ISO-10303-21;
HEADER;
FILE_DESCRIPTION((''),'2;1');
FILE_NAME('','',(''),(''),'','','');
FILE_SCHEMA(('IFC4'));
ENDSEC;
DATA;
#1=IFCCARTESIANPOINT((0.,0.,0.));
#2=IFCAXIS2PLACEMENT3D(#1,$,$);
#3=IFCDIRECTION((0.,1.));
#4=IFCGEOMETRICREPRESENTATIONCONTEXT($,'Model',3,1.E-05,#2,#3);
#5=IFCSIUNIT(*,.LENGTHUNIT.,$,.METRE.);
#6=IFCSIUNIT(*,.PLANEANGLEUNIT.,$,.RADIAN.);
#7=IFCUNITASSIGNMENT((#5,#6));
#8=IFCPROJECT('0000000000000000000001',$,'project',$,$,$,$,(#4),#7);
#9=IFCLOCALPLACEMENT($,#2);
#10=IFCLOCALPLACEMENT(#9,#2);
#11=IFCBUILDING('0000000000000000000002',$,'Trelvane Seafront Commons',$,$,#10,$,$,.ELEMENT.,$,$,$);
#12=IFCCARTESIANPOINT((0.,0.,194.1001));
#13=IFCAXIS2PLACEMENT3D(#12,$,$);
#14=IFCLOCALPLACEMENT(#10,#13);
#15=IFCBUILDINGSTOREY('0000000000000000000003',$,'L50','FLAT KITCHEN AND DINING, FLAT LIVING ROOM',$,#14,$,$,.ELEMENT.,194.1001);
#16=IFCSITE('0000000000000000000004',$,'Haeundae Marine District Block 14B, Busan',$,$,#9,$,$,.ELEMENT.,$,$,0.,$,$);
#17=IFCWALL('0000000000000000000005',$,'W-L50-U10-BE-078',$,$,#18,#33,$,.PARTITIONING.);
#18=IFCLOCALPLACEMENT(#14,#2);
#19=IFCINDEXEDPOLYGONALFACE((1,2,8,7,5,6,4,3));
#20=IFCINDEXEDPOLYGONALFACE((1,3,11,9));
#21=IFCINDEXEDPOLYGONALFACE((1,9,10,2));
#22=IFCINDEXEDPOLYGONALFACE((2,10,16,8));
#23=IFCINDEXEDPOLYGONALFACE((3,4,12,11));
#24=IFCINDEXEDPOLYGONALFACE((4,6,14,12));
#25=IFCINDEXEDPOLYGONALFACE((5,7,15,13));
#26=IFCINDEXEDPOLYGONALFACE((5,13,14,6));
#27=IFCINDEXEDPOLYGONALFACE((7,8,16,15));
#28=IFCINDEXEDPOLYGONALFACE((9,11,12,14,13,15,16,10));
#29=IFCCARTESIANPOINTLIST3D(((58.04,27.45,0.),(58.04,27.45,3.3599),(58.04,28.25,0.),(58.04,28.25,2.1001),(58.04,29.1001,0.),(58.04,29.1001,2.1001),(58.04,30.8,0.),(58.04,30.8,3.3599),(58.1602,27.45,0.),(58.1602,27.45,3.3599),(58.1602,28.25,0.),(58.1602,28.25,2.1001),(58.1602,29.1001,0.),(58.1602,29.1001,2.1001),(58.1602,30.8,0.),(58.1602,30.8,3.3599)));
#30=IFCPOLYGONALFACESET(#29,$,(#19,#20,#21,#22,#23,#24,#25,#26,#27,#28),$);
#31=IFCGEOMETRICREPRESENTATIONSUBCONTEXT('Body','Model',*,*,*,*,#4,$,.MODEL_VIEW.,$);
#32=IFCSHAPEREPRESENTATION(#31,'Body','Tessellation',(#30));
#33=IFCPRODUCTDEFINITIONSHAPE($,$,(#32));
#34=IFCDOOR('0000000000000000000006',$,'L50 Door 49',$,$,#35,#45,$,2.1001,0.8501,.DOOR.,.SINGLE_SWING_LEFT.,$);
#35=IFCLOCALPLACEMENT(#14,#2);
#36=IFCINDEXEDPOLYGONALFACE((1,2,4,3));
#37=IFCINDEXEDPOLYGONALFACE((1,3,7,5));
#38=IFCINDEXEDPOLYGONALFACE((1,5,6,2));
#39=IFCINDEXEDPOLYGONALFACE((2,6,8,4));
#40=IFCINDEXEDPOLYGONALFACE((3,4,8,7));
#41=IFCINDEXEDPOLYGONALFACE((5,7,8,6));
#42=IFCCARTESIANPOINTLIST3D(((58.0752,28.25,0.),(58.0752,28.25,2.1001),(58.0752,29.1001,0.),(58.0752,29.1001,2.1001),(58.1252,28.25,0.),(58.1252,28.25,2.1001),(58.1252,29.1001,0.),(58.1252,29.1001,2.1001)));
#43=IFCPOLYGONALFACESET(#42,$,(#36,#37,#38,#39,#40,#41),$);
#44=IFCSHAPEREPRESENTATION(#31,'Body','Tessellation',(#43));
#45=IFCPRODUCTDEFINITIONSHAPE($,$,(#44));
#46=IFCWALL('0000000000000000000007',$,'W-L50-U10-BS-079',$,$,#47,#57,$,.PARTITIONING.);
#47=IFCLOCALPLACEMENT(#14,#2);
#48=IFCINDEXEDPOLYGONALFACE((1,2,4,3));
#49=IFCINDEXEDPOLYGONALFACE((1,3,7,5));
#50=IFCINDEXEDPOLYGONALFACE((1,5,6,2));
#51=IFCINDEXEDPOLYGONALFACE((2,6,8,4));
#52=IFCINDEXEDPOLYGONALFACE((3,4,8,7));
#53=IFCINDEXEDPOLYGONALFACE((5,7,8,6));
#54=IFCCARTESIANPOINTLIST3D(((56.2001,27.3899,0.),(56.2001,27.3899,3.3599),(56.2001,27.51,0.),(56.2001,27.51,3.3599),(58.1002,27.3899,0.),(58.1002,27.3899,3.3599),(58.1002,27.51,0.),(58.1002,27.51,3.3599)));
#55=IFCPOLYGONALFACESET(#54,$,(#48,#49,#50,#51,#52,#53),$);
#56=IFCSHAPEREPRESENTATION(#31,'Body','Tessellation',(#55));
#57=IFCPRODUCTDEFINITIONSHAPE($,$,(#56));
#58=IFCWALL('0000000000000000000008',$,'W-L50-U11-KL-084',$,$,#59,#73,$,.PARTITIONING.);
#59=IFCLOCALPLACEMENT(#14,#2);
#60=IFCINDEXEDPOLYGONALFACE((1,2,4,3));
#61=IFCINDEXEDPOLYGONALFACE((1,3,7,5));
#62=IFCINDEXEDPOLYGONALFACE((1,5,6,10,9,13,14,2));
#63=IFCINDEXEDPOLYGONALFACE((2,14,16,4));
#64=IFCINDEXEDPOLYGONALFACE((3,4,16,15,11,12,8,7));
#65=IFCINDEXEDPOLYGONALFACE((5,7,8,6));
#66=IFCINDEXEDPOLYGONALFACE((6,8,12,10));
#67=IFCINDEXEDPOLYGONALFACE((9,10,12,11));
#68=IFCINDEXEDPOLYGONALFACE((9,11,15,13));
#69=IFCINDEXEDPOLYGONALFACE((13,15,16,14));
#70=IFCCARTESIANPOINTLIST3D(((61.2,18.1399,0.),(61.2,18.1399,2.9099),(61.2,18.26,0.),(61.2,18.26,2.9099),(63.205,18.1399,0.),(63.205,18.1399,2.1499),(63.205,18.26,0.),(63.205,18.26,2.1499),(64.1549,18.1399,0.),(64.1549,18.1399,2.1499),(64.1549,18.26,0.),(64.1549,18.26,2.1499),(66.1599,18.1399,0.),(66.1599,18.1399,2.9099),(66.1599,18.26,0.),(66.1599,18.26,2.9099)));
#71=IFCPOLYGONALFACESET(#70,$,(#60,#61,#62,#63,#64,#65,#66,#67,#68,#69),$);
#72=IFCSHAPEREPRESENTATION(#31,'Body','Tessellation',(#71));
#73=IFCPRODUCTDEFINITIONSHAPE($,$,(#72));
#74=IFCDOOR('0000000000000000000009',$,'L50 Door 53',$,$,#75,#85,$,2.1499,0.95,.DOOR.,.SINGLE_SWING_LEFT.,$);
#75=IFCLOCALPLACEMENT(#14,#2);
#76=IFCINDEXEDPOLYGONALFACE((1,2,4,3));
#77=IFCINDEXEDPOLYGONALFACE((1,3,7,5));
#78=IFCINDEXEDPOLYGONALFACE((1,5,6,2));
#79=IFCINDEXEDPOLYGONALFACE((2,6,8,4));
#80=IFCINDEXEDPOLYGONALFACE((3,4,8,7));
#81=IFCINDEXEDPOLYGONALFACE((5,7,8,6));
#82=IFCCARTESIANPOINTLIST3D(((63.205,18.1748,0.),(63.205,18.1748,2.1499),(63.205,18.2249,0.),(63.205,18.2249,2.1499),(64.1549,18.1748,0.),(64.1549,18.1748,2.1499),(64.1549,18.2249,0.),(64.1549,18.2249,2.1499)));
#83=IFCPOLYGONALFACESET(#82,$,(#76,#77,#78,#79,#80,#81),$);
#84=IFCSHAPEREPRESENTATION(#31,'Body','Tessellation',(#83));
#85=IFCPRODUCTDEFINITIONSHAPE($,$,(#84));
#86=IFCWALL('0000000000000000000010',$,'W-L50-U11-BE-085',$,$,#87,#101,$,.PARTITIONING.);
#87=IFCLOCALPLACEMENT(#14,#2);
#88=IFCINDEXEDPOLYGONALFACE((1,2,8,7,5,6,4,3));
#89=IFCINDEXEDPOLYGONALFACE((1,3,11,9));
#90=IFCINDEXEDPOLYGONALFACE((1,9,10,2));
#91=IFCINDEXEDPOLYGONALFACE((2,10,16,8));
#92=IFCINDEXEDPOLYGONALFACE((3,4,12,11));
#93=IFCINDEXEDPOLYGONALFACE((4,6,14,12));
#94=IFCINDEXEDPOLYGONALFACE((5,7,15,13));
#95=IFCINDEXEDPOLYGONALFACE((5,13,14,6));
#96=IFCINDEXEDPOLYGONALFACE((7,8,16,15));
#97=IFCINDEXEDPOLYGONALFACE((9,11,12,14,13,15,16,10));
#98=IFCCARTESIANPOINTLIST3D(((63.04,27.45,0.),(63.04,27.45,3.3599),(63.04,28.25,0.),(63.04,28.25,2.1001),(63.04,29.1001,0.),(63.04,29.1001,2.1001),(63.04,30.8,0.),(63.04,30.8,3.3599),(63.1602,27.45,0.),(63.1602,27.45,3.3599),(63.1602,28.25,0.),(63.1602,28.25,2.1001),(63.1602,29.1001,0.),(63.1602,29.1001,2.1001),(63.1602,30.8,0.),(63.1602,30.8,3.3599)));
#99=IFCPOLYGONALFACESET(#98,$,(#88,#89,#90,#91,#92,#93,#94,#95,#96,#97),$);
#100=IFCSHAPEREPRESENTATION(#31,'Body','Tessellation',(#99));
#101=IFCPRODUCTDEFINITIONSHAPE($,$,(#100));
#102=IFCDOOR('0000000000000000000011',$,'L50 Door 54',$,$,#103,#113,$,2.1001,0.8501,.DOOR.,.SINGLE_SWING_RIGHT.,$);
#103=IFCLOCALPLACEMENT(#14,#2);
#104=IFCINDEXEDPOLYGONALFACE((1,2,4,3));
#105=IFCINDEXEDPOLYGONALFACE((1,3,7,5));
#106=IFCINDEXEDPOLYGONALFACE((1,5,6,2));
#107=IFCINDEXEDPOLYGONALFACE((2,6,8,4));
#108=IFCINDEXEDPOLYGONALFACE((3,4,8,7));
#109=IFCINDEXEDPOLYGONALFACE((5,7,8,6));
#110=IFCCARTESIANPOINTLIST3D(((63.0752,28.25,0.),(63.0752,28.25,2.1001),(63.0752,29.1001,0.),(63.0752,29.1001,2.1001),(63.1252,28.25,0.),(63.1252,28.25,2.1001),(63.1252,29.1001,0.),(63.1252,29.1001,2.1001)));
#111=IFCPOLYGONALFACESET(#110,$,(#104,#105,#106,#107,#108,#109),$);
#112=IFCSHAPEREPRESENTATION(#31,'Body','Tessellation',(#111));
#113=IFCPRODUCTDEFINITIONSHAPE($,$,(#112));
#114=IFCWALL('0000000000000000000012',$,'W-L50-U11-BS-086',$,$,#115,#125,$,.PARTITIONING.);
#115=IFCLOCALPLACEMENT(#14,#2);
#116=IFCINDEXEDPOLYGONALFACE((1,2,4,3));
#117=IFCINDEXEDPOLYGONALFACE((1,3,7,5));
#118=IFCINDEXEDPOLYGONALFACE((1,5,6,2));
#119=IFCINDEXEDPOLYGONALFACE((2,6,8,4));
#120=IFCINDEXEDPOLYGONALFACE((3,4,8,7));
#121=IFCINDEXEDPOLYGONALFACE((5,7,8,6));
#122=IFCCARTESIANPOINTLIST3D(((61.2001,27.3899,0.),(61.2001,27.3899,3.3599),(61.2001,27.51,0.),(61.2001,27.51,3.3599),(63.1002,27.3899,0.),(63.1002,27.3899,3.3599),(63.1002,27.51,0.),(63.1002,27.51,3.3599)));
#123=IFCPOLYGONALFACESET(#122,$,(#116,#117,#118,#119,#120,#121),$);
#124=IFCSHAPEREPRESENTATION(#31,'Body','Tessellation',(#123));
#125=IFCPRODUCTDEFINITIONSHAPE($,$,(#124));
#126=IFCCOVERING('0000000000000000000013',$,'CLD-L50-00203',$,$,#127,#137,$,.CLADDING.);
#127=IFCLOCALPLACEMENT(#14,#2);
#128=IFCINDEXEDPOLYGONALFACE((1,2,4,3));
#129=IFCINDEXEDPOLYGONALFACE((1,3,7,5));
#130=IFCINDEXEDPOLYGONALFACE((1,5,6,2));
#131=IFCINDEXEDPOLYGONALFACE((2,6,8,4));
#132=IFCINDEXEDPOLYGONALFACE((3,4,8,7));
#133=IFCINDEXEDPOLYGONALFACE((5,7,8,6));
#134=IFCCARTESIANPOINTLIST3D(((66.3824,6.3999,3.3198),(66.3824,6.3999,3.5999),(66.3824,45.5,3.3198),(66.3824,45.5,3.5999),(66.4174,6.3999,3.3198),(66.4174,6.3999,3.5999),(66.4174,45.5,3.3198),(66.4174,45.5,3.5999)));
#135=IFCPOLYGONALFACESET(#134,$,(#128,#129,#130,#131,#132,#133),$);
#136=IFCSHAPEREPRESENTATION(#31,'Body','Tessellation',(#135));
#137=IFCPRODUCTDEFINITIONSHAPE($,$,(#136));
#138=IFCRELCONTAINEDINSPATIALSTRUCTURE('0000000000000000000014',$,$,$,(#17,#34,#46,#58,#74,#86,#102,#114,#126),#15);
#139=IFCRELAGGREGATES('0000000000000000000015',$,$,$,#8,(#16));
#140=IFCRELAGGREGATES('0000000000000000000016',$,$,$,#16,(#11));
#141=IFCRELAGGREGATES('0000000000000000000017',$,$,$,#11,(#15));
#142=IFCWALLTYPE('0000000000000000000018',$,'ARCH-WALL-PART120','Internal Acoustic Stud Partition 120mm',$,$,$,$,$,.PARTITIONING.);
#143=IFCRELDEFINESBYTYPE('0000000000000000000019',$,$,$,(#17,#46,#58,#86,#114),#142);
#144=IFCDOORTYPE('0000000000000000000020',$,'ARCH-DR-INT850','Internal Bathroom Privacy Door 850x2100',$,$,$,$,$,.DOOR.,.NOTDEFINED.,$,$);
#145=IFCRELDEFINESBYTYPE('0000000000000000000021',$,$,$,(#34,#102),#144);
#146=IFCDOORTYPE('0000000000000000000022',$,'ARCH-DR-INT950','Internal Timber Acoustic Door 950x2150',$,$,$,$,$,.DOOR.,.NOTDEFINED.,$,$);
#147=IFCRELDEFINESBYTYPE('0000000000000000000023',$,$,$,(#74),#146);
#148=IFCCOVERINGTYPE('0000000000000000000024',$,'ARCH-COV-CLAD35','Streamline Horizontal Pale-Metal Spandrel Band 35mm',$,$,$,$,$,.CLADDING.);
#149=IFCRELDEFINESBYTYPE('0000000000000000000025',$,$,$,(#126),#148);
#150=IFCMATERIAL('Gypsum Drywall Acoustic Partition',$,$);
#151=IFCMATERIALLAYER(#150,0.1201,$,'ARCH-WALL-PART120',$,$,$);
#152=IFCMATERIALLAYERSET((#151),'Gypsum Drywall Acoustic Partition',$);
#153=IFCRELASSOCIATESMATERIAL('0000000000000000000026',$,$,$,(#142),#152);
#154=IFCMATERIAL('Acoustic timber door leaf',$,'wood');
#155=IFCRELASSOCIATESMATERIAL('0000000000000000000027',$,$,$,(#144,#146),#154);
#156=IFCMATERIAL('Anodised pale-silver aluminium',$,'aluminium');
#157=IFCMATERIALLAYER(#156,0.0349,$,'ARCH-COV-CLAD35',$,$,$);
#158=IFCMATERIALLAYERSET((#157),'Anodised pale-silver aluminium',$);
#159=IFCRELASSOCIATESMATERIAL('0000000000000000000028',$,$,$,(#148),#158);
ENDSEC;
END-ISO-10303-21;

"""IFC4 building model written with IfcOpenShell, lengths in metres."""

from ifc_helpers import new_model, si_unit, direction, frame, frame_2d, origin, origin_2d, place, context, subcontext, project, spatial, rectangle, extrude, source, transform, mapped, material, layer, layer_set, type_object, element, fill, save


model = new_model("IFC4")

# Units and contexts
model_context = context("Model", 3, precision=1e-05, world=origin(), true_north=direction((0.0, 1.0)))
body_context = subcontext(model_context, "Body", "Model", "MODEL_VIEW")
ifc_project = project(units=[si_unit("LENGTHUNIT", "METRE"), si_unit("PLANEANGLEUNIT", "RADIAN")], contexts=[model_context])

# Site, building, storey
site_placement = place(None, origin())
site = spatial("IfcSite", under=ifc_project, at=site_placement, Name="Haeundae Marine District Block 14B, Busan", CompositionType="ELEMENT", RefElevation=0.0)
building_placement = place(site_placement, origin())
building = spatial("IfcBuilding", under=site, at=building_placement, Name="Trelvane Seafront Commons", CompositionType="ELEMENT")
storey_placement = place(building_placement, frame((0.0, 0.0, 194.1001)))
storey = spatial("IfcBuildingStorey", under=building, at=storey_placement, Name="L50", Description="FLAT KITCHEN AND DINING, FLAT LIVING ROOM", CompositionType="ELEMENT", Elevation=194.1001)

# Shared definitions
ifc_material_1 = material(Name="Anodised pale-silver aluminium", Category="aluminium")

# Wall, opening, door
ifc_material_2 = material(Name="Gypsum Drywall Acoustic Partition")
ifc_layer_1 = layer(ifc_material_2, 0.1201, Name="ARCH-WALL-PART120")
ifc_layer_set_1 = layer_set([ifc_layer_1], Name="Gypsum Drywall Acoustic Partition")
wall_type = type_object("IfcWallType", Name="ARCH-WALL-PART120", Description="Internal Acoustic Stud Partition 120mm", PredefinedType="PARTITIONING", material=ifc_layer_set_1)
wall_1_placement = place(storey_placement, frame((58.1001, 27.45, 0.0), z_axis=(0.0, 0.0, 1.0), x_axis=(0.0, 1.0, 0.0)))
wall_1 = element("IfcWall", 1, at=wall_1_placement, inside=storey, type_object=wall_type, Name="W-L50-U10-BE-078", PredefinedType="PARTITIONING", context=body_context, shape_type="SweptSolid", body=[
    extrude(rectangle(XDim=3.3501, YDim=0.1201, at=frame_2d((1.675, 0.0))), origin(), (0.0, 0.0, 1.0), 3.3599),
])
opening_1_placement = place(wall_1_placement, frame((0.8, 0.0, 0.0)))
opening_1 = element("IfcOpeningElement", 2, at=opening_1_placement, cuts=wall_1, PredefinedType="OPENING", context=body_context, shape_type="SweptSolid", body=[
    extrude(rectangle(XDim=0.8501, YDim=2.1001, at=frame_2d((0.425, 1.05))), frame((0.0, 0.0701, 0.0), z_axis=(0.0, -1.0, 0.0), x_axis=(1.0, 0.0, 0.0)), (0.0, 0.0, 1.0), 0.1401),
])
ifc_material_3 = material(Name="Acoustic timber door leaf", Category="wood")
door_type_1 = type_object("IfcDoorType", Name="ARCH-DR-INT850", Description="Internal Bathroom Privacy Door 850x2100", OperationType="NOTDEFINED", PredefinedType="DOOR", material=ifc_material_3)
shared_shape_1 = source(origin(), body_context, "Body", "SweptSolid", [
    extrude(rectangle(XDim=0.8501, YDim=2.1001, at=frame_2d((0.425, 1.05))), frame((0.0, 0.0249, 0.0), z_axis=(0.0, -1.0, 0.0), x_axis=(1.0, 0.0, 0.0)), (0.0, 0.0, 1.0), 0.05),
])
door_1_placement = place(opening_1_placement, origin())
door_1 = element("IfcDoor", 3, at=door_1_placement, inside=storey, type_object=door_type_1, Name="L50 Door 49", OperationType="SINGLE_SWING_LEFT", OverallHeight=2.1001, OverallWidth=0.8501, PredefinedType="DOOR", context=body_context, shape_type="MappedRepresentation", body=[
    mapped(shared_shape_1, transform((0.0, 0.0, 0.0), x_axis=(1.0, 0.0, 0.0), y_axis=(0.0, 1.0, 0.0), z_axis=(0.0, 0.0, 1.0), scale=1.0)),
])
fill(opening_1, door_1)

# Wall
wall_2_placement = place(storey_placement, frame((56.2, 27.45, 0.0), z_axis=(0.0, 0.0, 1.0), x_axis=(1.0, 0.0, 0.0)))
element("IfcWall", 4, at=wall_2_placement, inside=storey, type_object=wall_type, Name="W-L50-U10-BS-079", PredefinedType="PARTITIONING", context=body_context, shape_type="SweptSolid", body=[
    extrude(rectangle(XDim=1.9001, YDim=0.1201, at=frame_2d((0.9502, 0.0))), origin(), (0.0, 0.0, 1.0), 3.3599),
])

# Walls, openings, doors
door_type_2 = type_object("IfcDoorType", Name="ARCH-DR-INT950", Description="Internal Timber Acoustic Door 950x2150", OperationType="NOTDEFINED", PredefinedType="DOOR", material=ifc_material_3)
shared_shape_2 = source(origin(), body_context, "Body", "SweptSolid", [
    extrude(rectangle(XDim=0.95, YDim=2.1499, at=frame_2d((0.4751, 1.075))), frame((0.0, 0.0249, 0.0), z_axis=(0.0, -1.0, 0.0), x_axis=(1.0, 0.0, 0.0)), (0.0, 0.0, 1.0), 0.05),
])
wall_3_placement = place(storey_placement, frame((61.2, 18.2, 0.0), z_axis=(0.0, 0.0, 1.0), x_axis=(1.0, 0.0, 0.0)))
wall_3 = element("IfcWall", 5, at=wall_3_placement, inside=storey, type_object=wall_type, Name="W-L50-U11-KL-084", PredefinedType="PARTITIONING", context=body_context, shape_type="SweptSolid", body=[
    extrude(rectangle(XDim=4.96, YDim=0.1201, at=frame_2d((2.48, 0.0))), origin(), (0.0, 0.0, 1.0), 2.9099),
])
opening_2_placement = place(wall_3_placement, frame((2.0049, 0.0, 0.0)))
opening_2 = element("IfcOpeningElement", 6, at=opening_2_placement, cuts=wall_3, PredefinedType="OPENING", context=body_context, shape_type="SweptSolid", body=[
    extrude(rectangle(XDim=0.95, YDim=2.1499, at=frame_2d((0.4751, 1.075))), frame((0.0, 0.0701, 0.0), z_axis=(0.0, -1.0, 0.0), x_axis=(1.0, 0.0, 0.0)), (0.0, 0.0, 1.0), 0.1401),
])
door_2_placement = place(opening_2_placement, origin())
door_2 = element("IfcDoor", 7, at=door_2_placement, inside=storey, type_object=door_type_2, Name="L50 Door 53", OperationType="SINGLE_SWING_LEFT", OverallHeight=2.1499, OverallWidth=0.95, PredefinedType="DOOR", context=body_context, shape_type="MappedRepresentation", body=[
    mapped(shared_shape_2, transform((0.0, 0.0, 0.0), x_axis=(1.0, 0.0, 0.0), y_axis=(0.0, 1.0, 0.0), z_axis=(0.0, 0.0, 1.0), scale=1.0)),
])
fill(opening_2, door_2)
wall_4_placement = place(storey_placement, frame((63.1001, 27.45, 0.0), z_axis=(0.0, 0.0, 1.0), x_axis=(0.0, 1.0, 0.0)))
wall_4 = element("IfcWall", 8, at=wall_4_placement, inside=storey, type_object=wall_type, Name="W-L50-U11-BE-085", PredefinedType="PARTITIONING", context=body_context, shape_type="SweptSolid", body=[
    extrude(rectangle(XDim=3.3501, YDim=0.1201, at=frame_2d((1.675, 0.0))), origin(), (0.0, 0.0, 1.0), 3.3599),
])
opening_3_placement = place(wall_4_placement, frame((0.8, 0.0, 0.0)))
opening_3 = element("IfcOpeningElement", 9, at=opening_3_placement, cuts=wall_4, PredefinedType="OPENING", context=body_context, shape_type="SweptSolid", body=[
    extrude(rectangle(XDim=0.8501, YDim=2.1001, at=frame_2d((0.425, 1.05))), frame((0.0, 0.0701, 0.0), z_axis=(0.0, -1.0, 0.0), x_axis=(1.0, 0.0, 0.0)), (0.0, 0.0, 1.0), 0.1401),
])
door_3_placement = place(opening_3_placement, origin())
door_3 = element("IfcDoor", 10, at=door_3_placement, inside=storey, type_object=door_type_1, Name="L50 Door 54", OperationType="SINGLE_SWING_RIGHT", OverallHeight=2.1001, OverallWidth=0.8501, PredefinedType="DOOR", context=body_context, shape_type="MappedRepresentation", body=[
    mapped(shared_shape_1, transform((0.0, 0.0, 0.0), x_axis=(1.0, 0.0, 0.0), y_axis=(0.0, 1.0, 0.0), z_axis=(0.0, 0.0, 1.0), scale=1.0)),
])
fill(opening_3, door_3)

# Wall
wall_5_placement = place(storey_placement, frame((61.2, 27.45, 0.0), z_axis=(0.0, 0.0, 1.0), x_axis=(1.0, 0.0, 0.0)))
element("IfcWall", 11, at=wall_5_placement, inside=storey, type_object=wall_type, Name="W-L50-U11-BS-086", PredefinedType="PARTITIONING", context=body_context, shape_type="SweptSolid", body=[
    extrude(rectangle(XDim=1.9001, YDim=0.1201, at=frame_2d((0.9502, 0.0))), origin(), (0.0, 0.0, 1.0), 3.3599),
])

# Covering
ifc_layer_2 = layer(ifc_material_1, 0.0349, Name="ARCH-COV-CLAD35")
ifc_layer_set_2 = layer_set([ifc_layer_2], Name="Anodised pale-silver aluminium")
covering_type = type_object("IfcCoveringType", Name="ARCH-COV-CLAD35", Description="Streamline Horizontal Pale-Metal Spandrel Band 35mm", PredefinedType="CLADDING", material=ifc_layer_set_2)
shared_shape_3 = source(origin(), body_context, "Body", "SweptSolid", [
    extrude(rectangle(XDim=39.1001, YDim=0.0349, at=origin_2d()), origin(), (0.0, 0.0, 1.0), 0.28),
])
covering_placement = place(storey_placement, frame((66.3999, 25.95, 3.3198), z_axis=(0.0, 0.0, 1.0), x_axis=(0.0, -1.0, 0.0)))
element("IfcCovering", 12, at=covering_placement, inside=storey, type_object=covering_type, Name="CLD-L50-00203", PredefinedType="CLADDING", context=body_context, shape_type="MappedRepresentation", body=[
    mapped(shared_shape_3, transform((0.0, 0.0, 0.0), x_axis=(1.0, 0.0, 0.0), y_axis=(0.0, 1.0, 0.0), z_axis=(0.0, 0.0, 1.0), scale=1.0)),
])

save(model, "model.ifc")
